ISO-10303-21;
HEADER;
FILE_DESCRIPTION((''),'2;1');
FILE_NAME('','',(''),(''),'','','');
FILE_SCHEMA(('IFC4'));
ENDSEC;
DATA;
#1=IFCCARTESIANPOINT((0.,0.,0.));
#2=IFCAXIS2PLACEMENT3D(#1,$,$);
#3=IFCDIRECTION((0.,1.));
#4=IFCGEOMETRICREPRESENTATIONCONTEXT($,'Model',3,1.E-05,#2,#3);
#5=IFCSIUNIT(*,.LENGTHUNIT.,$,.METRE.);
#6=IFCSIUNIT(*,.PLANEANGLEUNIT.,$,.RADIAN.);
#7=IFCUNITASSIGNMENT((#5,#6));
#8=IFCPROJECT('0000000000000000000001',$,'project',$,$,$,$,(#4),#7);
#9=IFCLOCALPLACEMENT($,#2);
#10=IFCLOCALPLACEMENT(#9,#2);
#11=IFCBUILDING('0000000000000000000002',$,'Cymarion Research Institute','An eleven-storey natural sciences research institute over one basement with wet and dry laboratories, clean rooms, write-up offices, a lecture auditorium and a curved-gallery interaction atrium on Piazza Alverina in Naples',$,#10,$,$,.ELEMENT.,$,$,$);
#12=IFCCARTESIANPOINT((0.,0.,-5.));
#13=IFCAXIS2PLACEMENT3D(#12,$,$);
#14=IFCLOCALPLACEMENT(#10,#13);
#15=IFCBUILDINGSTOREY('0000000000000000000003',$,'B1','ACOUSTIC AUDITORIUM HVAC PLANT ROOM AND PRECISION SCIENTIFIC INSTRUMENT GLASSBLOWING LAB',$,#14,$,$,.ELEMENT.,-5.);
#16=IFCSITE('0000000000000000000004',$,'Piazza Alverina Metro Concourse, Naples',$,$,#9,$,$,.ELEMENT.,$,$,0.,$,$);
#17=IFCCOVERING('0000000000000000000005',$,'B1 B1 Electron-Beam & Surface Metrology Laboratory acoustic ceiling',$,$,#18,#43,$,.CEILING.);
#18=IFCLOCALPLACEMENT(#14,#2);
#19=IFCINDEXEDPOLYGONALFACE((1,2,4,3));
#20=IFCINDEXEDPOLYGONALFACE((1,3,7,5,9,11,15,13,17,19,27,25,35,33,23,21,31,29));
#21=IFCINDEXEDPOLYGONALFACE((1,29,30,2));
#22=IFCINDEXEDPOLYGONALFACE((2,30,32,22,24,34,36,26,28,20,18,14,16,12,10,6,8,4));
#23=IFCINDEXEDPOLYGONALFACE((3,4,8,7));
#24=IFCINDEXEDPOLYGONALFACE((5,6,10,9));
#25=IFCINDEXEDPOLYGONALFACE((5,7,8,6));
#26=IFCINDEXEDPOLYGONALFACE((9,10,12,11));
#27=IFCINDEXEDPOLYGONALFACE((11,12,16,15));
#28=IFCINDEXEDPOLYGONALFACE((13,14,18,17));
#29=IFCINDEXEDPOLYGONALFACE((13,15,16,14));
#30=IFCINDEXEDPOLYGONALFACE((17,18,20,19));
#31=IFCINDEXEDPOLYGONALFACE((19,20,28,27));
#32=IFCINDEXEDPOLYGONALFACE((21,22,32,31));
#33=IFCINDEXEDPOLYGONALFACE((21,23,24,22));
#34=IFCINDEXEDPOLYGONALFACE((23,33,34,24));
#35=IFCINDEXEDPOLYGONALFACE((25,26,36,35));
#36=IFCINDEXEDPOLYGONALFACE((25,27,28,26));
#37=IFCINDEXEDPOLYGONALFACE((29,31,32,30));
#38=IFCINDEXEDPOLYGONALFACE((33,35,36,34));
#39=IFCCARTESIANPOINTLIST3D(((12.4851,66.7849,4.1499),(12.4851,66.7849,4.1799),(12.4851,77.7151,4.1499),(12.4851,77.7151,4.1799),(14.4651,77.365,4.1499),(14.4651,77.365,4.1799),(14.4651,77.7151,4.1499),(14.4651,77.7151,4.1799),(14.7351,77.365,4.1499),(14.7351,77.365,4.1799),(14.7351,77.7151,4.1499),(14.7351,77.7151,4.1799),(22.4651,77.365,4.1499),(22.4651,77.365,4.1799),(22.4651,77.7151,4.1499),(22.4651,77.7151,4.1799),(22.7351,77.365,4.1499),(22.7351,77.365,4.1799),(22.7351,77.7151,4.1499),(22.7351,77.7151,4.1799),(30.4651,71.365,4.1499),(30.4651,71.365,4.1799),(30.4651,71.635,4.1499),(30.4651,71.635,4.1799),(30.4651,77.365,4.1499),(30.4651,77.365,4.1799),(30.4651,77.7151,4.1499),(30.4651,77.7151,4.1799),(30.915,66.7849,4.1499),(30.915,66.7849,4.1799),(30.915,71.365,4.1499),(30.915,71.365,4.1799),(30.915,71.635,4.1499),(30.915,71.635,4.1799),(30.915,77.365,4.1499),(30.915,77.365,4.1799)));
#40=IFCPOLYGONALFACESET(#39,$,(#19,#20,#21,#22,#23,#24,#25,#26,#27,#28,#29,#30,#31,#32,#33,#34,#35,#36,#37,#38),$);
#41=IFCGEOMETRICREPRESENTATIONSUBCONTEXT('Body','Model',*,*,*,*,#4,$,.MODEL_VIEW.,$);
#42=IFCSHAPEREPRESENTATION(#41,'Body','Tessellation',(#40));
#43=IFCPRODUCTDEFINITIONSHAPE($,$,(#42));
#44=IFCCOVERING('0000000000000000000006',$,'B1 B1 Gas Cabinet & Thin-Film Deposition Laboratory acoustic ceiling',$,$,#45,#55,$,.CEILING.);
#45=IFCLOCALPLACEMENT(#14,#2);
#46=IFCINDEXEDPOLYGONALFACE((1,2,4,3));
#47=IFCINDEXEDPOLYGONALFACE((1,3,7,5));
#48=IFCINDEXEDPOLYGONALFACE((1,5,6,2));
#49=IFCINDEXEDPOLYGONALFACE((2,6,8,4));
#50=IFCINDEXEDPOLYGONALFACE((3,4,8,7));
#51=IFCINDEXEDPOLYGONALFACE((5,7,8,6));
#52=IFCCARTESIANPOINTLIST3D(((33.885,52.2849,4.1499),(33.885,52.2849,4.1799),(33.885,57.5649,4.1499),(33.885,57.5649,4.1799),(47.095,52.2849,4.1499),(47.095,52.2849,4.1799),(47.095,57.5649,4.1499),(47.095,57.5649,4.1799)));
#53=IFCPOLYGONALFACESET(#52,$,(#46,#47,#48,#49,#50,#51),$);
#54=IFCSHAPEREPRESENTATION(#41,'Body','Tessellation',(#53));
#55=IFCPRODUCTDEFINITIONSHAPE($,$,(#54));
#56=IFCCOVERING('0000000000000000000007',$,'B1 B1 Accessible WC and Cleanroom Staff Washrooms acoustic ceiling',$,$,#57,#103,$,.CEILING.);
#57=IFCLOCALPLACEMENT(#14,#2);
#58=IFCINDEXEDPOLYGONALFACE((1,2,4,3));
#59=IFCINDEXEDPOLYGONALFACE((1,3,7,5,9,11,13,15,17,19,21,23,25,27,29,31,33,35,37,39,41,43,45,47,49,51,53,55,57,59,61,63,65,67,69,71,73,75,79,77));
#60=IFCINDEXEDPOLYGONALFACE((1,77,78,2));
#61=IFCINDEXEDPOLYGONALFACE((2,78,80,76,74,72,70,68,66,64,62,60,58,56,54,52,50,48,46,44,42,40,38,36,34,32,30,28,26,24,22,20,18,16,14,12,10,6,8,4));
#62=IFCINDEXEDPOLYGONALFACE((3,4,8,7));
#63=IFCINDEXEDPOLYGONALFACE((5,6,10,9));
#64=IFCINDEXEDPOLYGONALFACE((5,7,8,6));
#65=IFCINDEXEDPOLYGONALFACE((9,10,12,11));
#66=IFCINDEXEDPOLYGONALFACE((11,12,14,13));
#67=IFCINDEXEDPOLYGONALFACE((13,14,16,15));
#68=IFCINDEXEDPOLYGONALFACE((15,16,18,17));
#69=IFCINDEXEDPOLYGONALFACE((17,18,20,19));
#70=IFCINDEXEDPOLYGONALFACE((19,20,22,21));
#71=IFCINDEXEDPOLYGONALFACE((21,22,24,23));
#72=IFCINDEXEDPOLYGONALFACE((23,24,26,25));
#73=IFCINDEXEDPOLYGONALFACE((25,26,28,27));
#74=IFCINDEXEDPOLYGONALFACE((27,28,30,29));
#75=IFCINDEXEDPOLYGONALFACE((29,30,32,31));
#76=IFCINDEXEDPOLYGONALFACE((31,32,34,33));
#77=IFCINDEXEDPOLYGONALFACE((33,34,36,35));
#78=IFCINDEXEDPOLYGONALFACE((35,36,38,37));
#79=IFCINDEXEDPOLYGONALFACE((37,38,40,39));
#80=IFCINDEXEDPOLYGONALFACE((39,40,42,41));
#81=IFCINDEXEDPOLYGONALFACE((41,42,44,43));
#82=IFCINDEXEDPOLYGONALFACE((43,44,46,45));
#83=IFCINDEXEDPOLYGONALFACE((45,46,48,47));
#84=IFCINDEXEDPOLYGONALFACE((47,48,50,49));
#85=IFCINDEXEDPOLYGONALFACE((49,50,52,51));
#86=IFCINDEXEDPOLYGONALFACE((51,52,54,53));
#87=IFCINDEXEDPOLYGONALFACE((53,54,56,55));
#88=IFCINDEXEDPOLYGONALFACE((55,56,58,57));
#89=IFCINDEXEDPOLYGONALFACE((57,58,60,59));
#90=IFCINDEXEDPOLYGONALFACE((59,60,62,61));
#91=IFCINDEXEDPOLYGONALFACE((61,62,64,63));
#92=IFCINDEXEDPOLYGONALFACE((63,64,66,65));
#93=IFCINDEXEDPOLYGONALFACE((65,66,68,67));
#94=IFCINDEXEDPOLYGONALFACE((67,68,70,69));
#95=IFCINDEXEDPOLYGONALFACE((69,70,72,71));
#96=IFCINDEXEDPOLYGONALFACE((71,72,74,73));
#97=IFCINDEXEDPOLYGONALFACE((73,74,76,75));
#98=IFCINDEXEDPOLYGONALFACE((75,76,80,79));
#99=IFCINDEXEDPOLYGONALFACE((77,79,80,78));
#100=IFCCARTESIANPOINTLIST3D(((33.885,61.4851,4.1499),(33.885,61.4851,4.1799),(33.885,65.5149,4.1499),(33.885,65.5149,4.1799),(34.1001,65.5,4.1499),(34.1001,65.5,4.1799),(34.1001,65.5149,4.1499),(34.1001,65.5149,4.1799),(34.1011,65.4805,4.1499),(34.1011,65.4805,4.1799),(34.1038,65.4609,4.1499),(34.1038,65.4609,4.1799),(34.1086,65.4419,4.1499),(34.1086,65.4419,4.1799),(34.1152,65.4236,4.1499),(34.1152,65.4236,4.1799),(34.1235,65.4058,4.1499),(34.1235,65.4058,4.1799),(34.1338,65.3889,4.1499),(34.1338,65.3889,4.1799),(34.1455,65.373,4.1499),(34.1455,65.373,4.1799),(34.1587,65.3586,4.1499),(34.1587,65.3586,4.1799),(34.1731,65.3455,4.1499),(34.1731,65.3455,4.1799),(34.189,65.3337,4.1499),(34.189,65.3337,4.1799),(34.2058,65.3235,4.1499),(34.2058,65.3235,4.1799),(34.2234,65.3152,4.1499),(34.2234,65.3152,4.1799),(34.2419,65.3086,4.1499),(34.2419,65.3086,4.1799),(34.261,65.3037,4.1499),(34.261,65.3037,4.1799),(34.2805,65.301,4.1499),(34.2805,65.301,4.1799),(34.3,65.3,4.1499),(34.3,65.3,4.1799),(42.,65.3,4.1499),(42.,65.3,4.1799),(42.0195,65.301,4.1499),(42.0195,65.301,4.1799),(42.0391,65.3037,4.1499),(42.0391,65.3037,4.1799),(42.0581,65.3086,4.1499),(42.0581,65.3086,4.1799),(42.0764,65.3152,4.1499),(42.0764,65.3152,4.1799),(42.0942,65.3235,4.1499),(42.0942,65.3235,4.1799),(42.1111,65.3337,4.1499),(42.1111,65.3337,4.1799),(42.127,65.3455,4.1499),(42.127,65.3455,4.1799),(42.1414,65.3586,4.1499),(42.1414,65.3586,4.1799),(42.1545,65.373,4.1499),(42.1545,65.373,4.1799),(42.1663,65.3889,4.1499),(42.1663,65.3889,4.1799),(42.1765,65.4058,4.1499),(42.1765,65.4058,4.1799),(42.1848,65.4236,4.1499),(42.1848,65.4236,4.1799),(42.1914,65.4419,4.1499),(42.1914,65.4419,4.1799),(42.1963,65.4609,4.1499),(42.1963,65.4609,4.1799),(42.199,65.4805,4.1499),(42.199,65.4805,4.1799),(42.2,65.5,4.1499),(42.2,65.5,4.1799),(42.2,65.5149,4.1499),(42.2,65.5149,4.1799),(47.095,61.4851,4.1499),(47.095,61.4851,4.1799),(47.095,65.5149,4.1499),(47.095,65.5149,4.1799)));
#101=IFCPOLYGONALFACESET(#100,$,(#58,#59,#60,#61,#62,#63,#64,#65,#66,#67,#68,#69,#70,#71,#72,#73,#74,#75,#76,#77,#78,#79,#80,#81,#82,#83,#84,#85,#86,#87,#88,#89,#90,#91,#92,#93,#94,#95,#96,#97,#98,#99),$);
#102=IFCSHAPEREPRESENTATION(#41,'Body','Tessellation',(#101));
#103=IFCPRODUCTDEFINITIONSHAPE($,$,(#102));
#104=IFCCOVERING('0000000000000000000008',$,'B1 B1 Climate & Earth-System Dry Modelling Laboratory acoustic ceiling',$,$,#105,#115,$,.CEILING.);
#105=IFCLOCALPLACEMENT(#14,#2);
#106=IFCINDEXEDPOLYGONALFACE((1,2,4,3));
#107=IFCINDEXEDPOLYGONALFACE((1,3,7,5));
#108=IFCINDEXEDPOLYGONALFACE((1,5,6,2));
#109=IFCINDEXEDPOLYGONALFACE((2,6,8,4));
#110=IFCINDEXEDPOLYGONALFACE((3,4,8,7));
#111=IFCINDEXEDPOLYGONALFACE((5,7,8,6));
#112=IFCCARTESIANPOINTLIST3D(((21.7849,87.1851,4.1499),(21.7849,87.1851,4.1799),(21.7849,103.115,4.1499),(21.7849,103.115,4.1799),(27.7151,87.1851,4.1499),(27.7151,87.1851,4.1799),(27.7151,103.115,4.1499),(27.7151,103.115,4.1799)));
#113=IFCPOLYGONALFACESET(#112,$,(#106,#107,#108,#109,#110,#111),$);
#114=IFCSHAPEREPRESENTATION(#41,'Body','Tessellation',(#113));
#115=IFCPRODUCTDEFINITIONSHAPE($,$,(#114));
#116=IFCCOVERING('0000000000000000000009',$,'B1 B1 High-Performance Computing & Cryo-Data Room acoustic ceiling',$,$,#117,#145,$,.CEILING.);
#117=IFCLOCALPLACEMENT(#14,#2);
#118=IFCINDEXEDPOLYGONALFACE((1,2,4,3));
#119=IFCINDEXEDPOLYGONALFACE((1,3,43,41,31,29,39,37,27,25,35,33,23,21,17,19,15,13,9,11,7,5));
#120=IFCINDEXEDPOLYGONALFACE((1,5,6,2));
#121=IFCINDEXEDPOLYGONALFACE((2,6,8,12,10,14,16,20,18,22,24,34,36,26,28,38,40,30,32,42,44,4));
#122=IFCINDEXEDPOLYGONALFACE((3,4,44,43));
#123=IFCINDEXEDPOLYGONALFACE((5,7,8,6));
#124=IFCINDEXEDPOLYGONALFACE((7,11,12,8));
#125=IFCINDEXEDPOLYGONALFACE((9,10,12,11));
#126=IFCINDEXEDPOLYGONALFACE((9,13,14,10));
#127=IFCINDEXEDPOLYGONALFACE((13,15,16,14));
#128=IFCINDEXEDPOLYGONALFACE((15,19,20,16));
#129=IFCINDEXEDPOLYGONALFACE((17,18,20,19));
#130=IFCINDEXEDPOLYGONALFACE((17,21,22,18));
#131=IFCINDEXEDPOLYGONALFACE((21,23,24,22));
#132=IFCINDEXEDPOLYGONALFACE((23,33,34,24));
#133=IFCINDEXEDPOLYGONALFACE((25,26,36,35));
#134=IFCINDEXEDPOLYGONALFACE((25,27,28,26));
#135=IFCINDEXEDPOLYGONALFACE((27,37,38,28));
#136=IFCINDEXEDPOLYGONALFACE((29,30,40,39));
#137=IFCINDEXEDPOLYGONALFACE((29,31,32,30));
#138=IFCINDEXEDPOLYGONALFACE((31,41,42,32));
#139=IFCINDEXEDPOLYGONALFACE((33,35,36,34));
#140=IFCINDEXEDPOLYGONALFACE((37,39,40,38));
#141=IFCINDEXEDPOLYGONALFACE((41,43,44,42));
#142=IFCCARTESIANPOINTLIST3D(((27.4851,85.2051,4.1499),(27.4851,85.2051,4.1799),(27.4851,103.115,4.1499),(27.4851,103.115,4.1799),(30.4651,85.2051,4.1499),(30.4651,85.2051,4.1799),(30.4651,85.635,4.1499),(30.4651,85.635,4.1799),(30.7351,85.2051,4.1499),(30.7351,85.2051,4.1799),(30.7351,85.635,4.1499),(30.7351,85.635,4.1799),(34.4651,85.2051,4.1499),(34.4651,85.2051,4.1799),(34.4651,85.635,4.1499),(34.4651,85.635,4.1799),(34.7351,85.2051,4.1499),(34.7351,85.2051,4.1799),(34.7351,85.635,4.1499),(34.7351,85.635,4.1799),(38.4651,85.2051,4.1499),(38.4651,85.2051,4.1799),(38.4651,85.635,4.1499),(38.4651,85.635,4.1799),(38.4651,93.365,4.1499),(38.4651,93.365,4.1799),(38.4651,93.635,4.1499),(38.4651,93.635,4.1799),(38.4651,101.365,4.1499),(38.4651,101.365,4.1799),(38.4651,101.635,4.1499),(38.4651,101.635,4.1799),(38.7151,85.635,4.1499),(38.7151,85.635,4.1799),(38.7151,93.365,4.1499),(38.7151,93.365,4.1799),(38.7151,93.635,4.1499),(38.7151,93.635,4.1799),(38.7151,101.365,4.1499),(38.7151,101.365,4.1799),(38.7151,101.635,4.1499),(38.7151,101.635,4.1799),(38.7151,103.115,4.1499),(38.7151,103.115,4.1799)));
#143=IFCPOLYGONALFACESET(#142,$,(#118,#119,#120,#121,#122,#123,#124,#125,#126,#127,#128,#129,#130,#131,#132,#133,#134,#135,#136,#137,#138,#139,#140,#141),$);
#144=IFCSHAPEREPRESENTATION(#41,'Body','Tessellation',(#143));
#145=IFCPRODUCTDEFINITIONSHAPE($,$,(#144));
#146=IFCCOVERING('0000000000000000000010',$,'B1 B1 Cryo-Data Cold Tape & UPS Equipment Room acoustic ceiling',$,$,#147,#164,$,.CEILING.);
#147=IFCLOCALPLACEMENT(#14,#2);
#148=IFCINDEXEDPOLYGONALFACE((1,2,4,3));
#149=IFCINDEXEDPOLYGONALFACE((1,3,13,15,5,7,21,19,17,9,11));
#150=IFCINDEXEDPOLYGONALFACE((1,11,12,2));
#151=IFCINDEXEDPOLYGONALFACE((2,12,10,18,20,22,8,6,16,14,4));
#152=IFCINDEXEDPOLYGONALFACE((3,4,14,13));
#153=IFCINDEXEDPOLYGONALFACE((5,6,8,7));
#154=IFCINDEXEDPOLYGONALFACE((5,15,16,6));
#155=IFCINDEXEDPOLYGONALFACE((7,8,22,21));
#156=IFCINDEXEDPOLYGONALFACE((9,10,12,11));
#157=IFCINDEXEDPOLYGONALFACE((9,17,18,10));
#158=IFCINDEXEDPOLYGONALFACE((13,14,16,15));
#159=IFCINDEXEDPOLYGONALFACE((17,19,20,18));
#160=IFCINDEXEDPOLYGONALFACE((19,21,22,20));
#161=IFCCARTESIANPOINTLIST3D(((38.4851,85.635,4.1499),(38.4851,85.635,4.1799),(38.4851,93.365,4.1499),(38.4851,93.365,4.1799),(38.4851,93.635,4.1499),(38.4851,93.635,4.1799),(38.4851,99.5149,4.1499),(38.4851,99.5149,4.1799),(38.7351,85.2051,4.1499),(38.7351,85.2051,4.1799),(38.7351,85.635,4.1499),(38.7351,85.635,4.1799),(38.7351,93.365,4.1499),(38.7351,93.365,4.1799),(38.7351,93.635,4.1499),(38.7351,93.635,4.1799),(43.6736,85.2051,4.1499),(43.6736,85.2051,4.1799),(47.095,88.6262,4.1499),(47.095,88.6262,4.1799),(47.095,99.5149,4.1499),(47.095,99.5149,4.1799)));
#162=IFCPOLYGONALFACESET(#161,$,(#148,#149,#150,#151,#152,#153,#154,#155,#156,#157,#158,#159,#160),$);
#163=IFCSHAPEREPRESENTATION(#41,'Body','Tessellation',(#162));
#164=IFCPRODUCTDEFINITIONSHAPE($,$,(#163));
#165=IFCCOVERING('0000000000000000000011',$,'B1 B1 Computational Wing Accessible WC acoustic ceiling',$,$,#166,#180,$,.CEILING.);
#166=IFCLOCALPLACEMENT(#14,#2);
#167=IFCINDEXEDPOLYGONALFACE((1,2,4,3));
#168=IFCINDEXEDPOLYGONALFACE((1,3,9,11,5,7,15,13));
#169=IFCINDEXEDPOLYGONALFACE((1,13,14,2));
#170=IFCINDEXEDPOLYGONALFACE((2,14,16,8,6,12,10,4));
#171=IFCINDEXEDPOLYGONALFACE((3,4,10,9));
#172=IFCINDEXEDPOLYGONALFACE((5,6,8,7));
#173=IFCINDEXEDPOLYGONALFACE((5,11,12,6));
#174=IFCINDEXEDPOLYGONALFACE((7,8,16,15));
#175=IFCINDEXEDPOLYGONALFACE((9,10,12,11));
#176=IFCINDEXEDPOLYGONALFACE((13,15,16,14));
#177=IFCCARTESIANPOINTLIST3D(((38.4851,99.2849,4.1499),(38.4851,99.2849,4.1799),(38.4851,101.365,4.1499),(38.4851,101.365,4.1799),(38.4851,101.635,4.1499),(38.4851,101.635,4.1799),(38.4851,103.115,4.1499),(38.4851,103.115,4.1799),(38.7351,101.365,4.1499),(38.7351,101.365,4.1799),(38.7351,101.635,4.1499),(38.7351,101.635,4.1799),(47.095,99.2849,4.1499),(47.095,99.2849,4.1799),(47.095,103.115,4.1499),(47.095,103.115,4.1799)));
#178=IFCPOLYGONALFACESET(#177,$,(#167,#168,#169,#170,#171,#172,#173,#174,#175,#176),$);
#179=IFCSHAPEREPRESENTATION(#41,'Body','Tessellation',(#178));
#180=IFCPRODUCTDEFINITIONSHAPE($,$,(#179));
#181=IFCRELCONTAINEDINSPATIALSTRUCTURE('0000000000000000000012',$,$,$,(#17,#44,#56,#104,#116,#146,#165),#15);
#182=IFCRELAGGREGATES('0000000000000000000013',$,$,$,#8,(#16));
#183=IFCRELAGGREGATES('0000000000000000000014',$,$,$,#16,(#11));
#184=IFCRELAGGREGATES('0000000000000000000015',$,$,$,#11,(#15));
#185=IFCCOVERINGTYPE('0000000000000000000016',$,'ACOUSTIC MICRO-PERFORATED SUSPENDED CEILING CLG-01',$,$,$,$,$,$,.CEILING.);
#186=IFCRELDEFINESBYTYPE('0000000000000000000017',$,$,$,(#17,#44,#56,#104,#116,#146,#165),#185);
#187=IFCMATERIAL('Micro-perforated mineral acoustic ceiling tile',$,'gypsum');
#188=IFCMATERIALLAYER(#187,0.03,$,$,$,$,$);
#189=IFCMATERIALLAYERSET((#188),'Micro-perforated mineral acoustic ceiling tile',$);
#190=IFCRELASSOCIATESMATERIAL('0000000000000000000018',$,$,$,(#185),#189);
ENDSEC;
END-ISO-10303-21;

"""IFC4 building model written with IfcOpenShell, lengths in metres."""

from ifc_helpers import new_model, si_unit, direction, frame, origin, place, context, subcontext, project, spatial, polyline, outline, extrude, material, layer, layer_set, type_object, element, save


model = new_model("IFC4")

# Units and contexts
model_context = context("Model", 3, precision=1e-05, world=origin(), true_north=direction((0.0, 1.0)))
body_context = subcontext(model_context, "Body", "Model", "MODEL_VIEW")
ifc_project = project(units=[si_unit("LENGTHUNIT", "METRE"), si_unit("PLANEANGLEUNIT", "RADIAN")], contexts=[model_context])

# Site, building, storey
site_placement = place(None, origin())
site = spatial("IfcSite", under=ifc_project, at=site_placement, Name="Piazza Alverina Metro Concourse, Naples", CompositionType="ELEMENT", RefElevation=0.0)
building_placement = place(site_placement, origin())
building = spatial("IfcBuilding", under=site, at=building_placement, Name="Cymarion Research Institute", Description="An eleven-storey natural sciences research institute over one basement with wet and dry laboratories, clean rooms, write-up offices, a lecture auditorium and a curved-gallery interaction atrium on Piazza Alverina in Naples", CompositionType="ELEMENT")
storey_placement = place(building_placement, frame((0.0, 0.0, -5.0)))
storey = spatial("IfcBuildingStorey", under=building, at=storey_placement, Name="B1", Description="ACOUSTIC AUDITORIUM HVAC PLANT ROOM AND PRECISION SCIENTIFIC INSTRUMENT GLASSBLOWING LAB", CompositionType="ELEMENT", Elevation=-5.0)

# Coverings
ifc_material_1 = material(Name="Micro-perforated mineral acoustic ceiling tile", Category="gypsum")
ifc_layer_1 = layer(ifc_material_1, 0.03)
ifc_layer_set_1 = layer_set([ifc_layer_1], Name="Micro-perforated mineral acoustic ceiling tile")
covering_type = type_object("IfcCoveringType", Name="ACOUSTIC MICRO-PERFORATED SUSPENDED CEILING CLG-01", PredefinedType="CEILING", material=ifc_layer_set_1)
covering_1_placement = place(storey_placement, frame((0.0, 0.0, 4.1499)))
element("IfcCovering", 1, at=covering_1_placement, inside=storey, type_object=covering_type, Name="B1 B1 Electron-Beam & Surface Metrology Laboratory acoustic ceiling", PredefinedType="CEILING", context=body_context, shape_type="SweptSolid", body=[
    extrude(outline(polyline([(14.4651, 77.7151), (14.4651, 77.365), (14.7351, 77.365), (14.7351, 77.7151), (22.4651, 77.7151), (22.4651, 77.365), (22.7351, 77.365), (22.7351, 77.7151), (30.4651, 77.7151), (30.4651, 77.365), (30.915, 77.365), (30.915, 71.635), (30.4651, 71.635), (30.4651, 71.365), (30.915, 71.365), (30.915, 66.7849), (12.4851, 66.7849), (12.4851, 77.7151), (14.4651, 77.7151)])), origin(), (0.0, 0.0, 1.0), 0.03),
])
covering_2_placement = place(storey_placement, frame((0.0, 0.0, 4.1499)))
element("IfcCovering", 2, at=covering_2_placement, inside=storey, type_object=covering_type, Name="B1 B1 Gas Cabinet & Thin-Film Deposition Laboratory acoustic ceiling", PredefinedType="CEILING", context=body_context, shape_type="SweptSolid", body=[
    extrude(outline(polyline([(47.095, 57.5649), (47.095, 52.2849), (33.885, 52.2849), (33.885, 57.5649), (47.095, 57.5649)])), origin(), (0.0, 0.0, 1.0), 0.03),
])
covering_3_placement = place(storey_placement, frame((0.0, 0.0, 4.1499)))
element("IfcCovering", 3, at=covering_3_placement, inside=storey, type_object=covering_type, Name="B1 B1 Accessible WC and Cleanroom Staff Washrooms acoustic ceiling", PredefinedType="CEILING", context=body_context, shape_type="SweptSolid", body=[
    extrude(outline(polyline([(34.1001, 65.5149), (34.1001, 65.5), (34.1011, 65.4805), (34.1038, 65.4609), (34.1086, 65.4419), (34.1152, 65.4236), (34.1235, 65.4058), (34.1338, 65.3889), (34.1455, 65.373), (34.1587, 65.3586), (34.1731, 65.3455), (34.189, 65.3337), (34.2058, 65.3235), (34.2234, 65.3152), (34.2419, 65.3086), (34.261, 65.3037), (34.2805, 65.301), (34.3, 65.3), (42.0, 65.3), (42.0195, 65.301), (42.0391, 65.3037), (42.0581, 65.3086), (42.0764, 65.3152), (42.0942, 65.3235), (42.1111, 65.3337), (42.127, 65.3455), (42.1414, 65.3586), (42.1545, 65.373), (42.1663, 65.3889), (42.1765, 65.4058), (42.1848, 65.4236), (42.1914, 65.4419), (42.1963, 65.4609), (42.199, 65.4805), (42.2, 65.5), (42.2, 65.5149), (47.095, 65.5149), (47.095, 61.4851), (33.885, 61.4851), (33.885, 65.5149), (34.1001, 65.5149)])), origin(), (0.0, 0.0, 1.0), 0.03),
])
covering_4_placement = place(storey_placement, frame((0.0, 0.0, 4.1499)))
element("IfcCovering", 4, at=covering_4_placement, inside=storey, type_object=covering_type, Name="B1 B1 Climate & Earth-System Dry Modelling Laboratory acoustic ceiling", PredefinedType="CEILING", context=body_context, shape_type="SweptSolid", body=[
    extrude(outline(polyline([(27.7151, 103.115), (27.7151, 87.1851), (21.7849, 87.1851), (21.7849, 103.115), (27.7151, 103.115)])), origin(), (0.0, 0.0, 1.0), 0.03),
])
covering_5_placement = place(storey_placement, frame((0.0, 0.0, 4.1499)))
element("IfcCovering", 5, at=covering_5_placement, inside=storey, type_object=covering_type, Name="B1 B1 High-Performance Computing & Cryo-Data Room acoustic ceiling", PredefinedType="CEILING", context=body_context, shape_type="SweptSolid", body=[
    extrude(outline(polyline([(38.7151, 101.635), (38.4651, 101.635), (38.4651, 101.365), (38.7151, 101.365), (38.7151, 93.635), (38.4651, 93.635), (38.4651, 93.365), (38.7151, 93.365), (38.7151, 85.635), (38.4651, 85.635), (38.4651, 85.2051), (34.7351, 85.2051), (34.7351, 85.635), (34.4651, 85.635), (34.4651, 85.2051), (30.7351, 85.2051), (30.7351, 85.635), (30.4651, 85.635), (30.4651, 85.2051), (27.4851, 85.2051), (27.4851, 103.115), (38.7151, 103.115), (38.7151, 101.635)])), origin(), (0.0, 0.0, 1.0), 0.03),
])
covering_6_placement = place(storey_placement, frame((0.0, 0.0, 4.1499)))
element("IfcCovering", 6, at=covering_6_placement, inside=storey, type_object=covering_type, Name="B1 B1 Cryo-Data Cold Tape & UPS Equipment Room acoustic ceiling", PredefinedType="CEILING", context=body_context, shape_type="SweptSolid", body=[
    extrude(outline(polyline([(47.095, 88.6262), (43.6736, 85.2051), (38.7351, 85.2051), (38.7351, 85.635), (38.4851, 85.635), (38.4851, 93.365), (38.7351, 93.365), (38.7351, 93.635), (38.4851, 93.635), (38.4851, 99.5149), (47.095, 99.5149), (47.095, 88.6262)])), origin(), (0.0, 0.0, 1.0), 0.03),
])
covering_7_placement = place(storey_placement, frame((0.0, 0.0, 4.1499)))
element("IfcCovering", 7, at=covering_7_placement, inside=storey, type_object=covering_type, Name="B1 B1 Computational Wing Accessible WC acoustic ceiling", PredefinedType="CEILING", context=body_context, shape_type="SweptSolid", body=[
    extrude(outline(polyline([(38.7351, 101.365), (38.7351, 101.635), (38.4851, 101.635), (38.4851, 103.115), (47.095, 103.115), (47.095, 99.2849), (38.4851, 99.2849), (38.4851, 101.365), (38.7351, 101.365)])), origin(), (0.0, 0.0, 1.0), 0.03),
])

save(model, "model.ifc")
